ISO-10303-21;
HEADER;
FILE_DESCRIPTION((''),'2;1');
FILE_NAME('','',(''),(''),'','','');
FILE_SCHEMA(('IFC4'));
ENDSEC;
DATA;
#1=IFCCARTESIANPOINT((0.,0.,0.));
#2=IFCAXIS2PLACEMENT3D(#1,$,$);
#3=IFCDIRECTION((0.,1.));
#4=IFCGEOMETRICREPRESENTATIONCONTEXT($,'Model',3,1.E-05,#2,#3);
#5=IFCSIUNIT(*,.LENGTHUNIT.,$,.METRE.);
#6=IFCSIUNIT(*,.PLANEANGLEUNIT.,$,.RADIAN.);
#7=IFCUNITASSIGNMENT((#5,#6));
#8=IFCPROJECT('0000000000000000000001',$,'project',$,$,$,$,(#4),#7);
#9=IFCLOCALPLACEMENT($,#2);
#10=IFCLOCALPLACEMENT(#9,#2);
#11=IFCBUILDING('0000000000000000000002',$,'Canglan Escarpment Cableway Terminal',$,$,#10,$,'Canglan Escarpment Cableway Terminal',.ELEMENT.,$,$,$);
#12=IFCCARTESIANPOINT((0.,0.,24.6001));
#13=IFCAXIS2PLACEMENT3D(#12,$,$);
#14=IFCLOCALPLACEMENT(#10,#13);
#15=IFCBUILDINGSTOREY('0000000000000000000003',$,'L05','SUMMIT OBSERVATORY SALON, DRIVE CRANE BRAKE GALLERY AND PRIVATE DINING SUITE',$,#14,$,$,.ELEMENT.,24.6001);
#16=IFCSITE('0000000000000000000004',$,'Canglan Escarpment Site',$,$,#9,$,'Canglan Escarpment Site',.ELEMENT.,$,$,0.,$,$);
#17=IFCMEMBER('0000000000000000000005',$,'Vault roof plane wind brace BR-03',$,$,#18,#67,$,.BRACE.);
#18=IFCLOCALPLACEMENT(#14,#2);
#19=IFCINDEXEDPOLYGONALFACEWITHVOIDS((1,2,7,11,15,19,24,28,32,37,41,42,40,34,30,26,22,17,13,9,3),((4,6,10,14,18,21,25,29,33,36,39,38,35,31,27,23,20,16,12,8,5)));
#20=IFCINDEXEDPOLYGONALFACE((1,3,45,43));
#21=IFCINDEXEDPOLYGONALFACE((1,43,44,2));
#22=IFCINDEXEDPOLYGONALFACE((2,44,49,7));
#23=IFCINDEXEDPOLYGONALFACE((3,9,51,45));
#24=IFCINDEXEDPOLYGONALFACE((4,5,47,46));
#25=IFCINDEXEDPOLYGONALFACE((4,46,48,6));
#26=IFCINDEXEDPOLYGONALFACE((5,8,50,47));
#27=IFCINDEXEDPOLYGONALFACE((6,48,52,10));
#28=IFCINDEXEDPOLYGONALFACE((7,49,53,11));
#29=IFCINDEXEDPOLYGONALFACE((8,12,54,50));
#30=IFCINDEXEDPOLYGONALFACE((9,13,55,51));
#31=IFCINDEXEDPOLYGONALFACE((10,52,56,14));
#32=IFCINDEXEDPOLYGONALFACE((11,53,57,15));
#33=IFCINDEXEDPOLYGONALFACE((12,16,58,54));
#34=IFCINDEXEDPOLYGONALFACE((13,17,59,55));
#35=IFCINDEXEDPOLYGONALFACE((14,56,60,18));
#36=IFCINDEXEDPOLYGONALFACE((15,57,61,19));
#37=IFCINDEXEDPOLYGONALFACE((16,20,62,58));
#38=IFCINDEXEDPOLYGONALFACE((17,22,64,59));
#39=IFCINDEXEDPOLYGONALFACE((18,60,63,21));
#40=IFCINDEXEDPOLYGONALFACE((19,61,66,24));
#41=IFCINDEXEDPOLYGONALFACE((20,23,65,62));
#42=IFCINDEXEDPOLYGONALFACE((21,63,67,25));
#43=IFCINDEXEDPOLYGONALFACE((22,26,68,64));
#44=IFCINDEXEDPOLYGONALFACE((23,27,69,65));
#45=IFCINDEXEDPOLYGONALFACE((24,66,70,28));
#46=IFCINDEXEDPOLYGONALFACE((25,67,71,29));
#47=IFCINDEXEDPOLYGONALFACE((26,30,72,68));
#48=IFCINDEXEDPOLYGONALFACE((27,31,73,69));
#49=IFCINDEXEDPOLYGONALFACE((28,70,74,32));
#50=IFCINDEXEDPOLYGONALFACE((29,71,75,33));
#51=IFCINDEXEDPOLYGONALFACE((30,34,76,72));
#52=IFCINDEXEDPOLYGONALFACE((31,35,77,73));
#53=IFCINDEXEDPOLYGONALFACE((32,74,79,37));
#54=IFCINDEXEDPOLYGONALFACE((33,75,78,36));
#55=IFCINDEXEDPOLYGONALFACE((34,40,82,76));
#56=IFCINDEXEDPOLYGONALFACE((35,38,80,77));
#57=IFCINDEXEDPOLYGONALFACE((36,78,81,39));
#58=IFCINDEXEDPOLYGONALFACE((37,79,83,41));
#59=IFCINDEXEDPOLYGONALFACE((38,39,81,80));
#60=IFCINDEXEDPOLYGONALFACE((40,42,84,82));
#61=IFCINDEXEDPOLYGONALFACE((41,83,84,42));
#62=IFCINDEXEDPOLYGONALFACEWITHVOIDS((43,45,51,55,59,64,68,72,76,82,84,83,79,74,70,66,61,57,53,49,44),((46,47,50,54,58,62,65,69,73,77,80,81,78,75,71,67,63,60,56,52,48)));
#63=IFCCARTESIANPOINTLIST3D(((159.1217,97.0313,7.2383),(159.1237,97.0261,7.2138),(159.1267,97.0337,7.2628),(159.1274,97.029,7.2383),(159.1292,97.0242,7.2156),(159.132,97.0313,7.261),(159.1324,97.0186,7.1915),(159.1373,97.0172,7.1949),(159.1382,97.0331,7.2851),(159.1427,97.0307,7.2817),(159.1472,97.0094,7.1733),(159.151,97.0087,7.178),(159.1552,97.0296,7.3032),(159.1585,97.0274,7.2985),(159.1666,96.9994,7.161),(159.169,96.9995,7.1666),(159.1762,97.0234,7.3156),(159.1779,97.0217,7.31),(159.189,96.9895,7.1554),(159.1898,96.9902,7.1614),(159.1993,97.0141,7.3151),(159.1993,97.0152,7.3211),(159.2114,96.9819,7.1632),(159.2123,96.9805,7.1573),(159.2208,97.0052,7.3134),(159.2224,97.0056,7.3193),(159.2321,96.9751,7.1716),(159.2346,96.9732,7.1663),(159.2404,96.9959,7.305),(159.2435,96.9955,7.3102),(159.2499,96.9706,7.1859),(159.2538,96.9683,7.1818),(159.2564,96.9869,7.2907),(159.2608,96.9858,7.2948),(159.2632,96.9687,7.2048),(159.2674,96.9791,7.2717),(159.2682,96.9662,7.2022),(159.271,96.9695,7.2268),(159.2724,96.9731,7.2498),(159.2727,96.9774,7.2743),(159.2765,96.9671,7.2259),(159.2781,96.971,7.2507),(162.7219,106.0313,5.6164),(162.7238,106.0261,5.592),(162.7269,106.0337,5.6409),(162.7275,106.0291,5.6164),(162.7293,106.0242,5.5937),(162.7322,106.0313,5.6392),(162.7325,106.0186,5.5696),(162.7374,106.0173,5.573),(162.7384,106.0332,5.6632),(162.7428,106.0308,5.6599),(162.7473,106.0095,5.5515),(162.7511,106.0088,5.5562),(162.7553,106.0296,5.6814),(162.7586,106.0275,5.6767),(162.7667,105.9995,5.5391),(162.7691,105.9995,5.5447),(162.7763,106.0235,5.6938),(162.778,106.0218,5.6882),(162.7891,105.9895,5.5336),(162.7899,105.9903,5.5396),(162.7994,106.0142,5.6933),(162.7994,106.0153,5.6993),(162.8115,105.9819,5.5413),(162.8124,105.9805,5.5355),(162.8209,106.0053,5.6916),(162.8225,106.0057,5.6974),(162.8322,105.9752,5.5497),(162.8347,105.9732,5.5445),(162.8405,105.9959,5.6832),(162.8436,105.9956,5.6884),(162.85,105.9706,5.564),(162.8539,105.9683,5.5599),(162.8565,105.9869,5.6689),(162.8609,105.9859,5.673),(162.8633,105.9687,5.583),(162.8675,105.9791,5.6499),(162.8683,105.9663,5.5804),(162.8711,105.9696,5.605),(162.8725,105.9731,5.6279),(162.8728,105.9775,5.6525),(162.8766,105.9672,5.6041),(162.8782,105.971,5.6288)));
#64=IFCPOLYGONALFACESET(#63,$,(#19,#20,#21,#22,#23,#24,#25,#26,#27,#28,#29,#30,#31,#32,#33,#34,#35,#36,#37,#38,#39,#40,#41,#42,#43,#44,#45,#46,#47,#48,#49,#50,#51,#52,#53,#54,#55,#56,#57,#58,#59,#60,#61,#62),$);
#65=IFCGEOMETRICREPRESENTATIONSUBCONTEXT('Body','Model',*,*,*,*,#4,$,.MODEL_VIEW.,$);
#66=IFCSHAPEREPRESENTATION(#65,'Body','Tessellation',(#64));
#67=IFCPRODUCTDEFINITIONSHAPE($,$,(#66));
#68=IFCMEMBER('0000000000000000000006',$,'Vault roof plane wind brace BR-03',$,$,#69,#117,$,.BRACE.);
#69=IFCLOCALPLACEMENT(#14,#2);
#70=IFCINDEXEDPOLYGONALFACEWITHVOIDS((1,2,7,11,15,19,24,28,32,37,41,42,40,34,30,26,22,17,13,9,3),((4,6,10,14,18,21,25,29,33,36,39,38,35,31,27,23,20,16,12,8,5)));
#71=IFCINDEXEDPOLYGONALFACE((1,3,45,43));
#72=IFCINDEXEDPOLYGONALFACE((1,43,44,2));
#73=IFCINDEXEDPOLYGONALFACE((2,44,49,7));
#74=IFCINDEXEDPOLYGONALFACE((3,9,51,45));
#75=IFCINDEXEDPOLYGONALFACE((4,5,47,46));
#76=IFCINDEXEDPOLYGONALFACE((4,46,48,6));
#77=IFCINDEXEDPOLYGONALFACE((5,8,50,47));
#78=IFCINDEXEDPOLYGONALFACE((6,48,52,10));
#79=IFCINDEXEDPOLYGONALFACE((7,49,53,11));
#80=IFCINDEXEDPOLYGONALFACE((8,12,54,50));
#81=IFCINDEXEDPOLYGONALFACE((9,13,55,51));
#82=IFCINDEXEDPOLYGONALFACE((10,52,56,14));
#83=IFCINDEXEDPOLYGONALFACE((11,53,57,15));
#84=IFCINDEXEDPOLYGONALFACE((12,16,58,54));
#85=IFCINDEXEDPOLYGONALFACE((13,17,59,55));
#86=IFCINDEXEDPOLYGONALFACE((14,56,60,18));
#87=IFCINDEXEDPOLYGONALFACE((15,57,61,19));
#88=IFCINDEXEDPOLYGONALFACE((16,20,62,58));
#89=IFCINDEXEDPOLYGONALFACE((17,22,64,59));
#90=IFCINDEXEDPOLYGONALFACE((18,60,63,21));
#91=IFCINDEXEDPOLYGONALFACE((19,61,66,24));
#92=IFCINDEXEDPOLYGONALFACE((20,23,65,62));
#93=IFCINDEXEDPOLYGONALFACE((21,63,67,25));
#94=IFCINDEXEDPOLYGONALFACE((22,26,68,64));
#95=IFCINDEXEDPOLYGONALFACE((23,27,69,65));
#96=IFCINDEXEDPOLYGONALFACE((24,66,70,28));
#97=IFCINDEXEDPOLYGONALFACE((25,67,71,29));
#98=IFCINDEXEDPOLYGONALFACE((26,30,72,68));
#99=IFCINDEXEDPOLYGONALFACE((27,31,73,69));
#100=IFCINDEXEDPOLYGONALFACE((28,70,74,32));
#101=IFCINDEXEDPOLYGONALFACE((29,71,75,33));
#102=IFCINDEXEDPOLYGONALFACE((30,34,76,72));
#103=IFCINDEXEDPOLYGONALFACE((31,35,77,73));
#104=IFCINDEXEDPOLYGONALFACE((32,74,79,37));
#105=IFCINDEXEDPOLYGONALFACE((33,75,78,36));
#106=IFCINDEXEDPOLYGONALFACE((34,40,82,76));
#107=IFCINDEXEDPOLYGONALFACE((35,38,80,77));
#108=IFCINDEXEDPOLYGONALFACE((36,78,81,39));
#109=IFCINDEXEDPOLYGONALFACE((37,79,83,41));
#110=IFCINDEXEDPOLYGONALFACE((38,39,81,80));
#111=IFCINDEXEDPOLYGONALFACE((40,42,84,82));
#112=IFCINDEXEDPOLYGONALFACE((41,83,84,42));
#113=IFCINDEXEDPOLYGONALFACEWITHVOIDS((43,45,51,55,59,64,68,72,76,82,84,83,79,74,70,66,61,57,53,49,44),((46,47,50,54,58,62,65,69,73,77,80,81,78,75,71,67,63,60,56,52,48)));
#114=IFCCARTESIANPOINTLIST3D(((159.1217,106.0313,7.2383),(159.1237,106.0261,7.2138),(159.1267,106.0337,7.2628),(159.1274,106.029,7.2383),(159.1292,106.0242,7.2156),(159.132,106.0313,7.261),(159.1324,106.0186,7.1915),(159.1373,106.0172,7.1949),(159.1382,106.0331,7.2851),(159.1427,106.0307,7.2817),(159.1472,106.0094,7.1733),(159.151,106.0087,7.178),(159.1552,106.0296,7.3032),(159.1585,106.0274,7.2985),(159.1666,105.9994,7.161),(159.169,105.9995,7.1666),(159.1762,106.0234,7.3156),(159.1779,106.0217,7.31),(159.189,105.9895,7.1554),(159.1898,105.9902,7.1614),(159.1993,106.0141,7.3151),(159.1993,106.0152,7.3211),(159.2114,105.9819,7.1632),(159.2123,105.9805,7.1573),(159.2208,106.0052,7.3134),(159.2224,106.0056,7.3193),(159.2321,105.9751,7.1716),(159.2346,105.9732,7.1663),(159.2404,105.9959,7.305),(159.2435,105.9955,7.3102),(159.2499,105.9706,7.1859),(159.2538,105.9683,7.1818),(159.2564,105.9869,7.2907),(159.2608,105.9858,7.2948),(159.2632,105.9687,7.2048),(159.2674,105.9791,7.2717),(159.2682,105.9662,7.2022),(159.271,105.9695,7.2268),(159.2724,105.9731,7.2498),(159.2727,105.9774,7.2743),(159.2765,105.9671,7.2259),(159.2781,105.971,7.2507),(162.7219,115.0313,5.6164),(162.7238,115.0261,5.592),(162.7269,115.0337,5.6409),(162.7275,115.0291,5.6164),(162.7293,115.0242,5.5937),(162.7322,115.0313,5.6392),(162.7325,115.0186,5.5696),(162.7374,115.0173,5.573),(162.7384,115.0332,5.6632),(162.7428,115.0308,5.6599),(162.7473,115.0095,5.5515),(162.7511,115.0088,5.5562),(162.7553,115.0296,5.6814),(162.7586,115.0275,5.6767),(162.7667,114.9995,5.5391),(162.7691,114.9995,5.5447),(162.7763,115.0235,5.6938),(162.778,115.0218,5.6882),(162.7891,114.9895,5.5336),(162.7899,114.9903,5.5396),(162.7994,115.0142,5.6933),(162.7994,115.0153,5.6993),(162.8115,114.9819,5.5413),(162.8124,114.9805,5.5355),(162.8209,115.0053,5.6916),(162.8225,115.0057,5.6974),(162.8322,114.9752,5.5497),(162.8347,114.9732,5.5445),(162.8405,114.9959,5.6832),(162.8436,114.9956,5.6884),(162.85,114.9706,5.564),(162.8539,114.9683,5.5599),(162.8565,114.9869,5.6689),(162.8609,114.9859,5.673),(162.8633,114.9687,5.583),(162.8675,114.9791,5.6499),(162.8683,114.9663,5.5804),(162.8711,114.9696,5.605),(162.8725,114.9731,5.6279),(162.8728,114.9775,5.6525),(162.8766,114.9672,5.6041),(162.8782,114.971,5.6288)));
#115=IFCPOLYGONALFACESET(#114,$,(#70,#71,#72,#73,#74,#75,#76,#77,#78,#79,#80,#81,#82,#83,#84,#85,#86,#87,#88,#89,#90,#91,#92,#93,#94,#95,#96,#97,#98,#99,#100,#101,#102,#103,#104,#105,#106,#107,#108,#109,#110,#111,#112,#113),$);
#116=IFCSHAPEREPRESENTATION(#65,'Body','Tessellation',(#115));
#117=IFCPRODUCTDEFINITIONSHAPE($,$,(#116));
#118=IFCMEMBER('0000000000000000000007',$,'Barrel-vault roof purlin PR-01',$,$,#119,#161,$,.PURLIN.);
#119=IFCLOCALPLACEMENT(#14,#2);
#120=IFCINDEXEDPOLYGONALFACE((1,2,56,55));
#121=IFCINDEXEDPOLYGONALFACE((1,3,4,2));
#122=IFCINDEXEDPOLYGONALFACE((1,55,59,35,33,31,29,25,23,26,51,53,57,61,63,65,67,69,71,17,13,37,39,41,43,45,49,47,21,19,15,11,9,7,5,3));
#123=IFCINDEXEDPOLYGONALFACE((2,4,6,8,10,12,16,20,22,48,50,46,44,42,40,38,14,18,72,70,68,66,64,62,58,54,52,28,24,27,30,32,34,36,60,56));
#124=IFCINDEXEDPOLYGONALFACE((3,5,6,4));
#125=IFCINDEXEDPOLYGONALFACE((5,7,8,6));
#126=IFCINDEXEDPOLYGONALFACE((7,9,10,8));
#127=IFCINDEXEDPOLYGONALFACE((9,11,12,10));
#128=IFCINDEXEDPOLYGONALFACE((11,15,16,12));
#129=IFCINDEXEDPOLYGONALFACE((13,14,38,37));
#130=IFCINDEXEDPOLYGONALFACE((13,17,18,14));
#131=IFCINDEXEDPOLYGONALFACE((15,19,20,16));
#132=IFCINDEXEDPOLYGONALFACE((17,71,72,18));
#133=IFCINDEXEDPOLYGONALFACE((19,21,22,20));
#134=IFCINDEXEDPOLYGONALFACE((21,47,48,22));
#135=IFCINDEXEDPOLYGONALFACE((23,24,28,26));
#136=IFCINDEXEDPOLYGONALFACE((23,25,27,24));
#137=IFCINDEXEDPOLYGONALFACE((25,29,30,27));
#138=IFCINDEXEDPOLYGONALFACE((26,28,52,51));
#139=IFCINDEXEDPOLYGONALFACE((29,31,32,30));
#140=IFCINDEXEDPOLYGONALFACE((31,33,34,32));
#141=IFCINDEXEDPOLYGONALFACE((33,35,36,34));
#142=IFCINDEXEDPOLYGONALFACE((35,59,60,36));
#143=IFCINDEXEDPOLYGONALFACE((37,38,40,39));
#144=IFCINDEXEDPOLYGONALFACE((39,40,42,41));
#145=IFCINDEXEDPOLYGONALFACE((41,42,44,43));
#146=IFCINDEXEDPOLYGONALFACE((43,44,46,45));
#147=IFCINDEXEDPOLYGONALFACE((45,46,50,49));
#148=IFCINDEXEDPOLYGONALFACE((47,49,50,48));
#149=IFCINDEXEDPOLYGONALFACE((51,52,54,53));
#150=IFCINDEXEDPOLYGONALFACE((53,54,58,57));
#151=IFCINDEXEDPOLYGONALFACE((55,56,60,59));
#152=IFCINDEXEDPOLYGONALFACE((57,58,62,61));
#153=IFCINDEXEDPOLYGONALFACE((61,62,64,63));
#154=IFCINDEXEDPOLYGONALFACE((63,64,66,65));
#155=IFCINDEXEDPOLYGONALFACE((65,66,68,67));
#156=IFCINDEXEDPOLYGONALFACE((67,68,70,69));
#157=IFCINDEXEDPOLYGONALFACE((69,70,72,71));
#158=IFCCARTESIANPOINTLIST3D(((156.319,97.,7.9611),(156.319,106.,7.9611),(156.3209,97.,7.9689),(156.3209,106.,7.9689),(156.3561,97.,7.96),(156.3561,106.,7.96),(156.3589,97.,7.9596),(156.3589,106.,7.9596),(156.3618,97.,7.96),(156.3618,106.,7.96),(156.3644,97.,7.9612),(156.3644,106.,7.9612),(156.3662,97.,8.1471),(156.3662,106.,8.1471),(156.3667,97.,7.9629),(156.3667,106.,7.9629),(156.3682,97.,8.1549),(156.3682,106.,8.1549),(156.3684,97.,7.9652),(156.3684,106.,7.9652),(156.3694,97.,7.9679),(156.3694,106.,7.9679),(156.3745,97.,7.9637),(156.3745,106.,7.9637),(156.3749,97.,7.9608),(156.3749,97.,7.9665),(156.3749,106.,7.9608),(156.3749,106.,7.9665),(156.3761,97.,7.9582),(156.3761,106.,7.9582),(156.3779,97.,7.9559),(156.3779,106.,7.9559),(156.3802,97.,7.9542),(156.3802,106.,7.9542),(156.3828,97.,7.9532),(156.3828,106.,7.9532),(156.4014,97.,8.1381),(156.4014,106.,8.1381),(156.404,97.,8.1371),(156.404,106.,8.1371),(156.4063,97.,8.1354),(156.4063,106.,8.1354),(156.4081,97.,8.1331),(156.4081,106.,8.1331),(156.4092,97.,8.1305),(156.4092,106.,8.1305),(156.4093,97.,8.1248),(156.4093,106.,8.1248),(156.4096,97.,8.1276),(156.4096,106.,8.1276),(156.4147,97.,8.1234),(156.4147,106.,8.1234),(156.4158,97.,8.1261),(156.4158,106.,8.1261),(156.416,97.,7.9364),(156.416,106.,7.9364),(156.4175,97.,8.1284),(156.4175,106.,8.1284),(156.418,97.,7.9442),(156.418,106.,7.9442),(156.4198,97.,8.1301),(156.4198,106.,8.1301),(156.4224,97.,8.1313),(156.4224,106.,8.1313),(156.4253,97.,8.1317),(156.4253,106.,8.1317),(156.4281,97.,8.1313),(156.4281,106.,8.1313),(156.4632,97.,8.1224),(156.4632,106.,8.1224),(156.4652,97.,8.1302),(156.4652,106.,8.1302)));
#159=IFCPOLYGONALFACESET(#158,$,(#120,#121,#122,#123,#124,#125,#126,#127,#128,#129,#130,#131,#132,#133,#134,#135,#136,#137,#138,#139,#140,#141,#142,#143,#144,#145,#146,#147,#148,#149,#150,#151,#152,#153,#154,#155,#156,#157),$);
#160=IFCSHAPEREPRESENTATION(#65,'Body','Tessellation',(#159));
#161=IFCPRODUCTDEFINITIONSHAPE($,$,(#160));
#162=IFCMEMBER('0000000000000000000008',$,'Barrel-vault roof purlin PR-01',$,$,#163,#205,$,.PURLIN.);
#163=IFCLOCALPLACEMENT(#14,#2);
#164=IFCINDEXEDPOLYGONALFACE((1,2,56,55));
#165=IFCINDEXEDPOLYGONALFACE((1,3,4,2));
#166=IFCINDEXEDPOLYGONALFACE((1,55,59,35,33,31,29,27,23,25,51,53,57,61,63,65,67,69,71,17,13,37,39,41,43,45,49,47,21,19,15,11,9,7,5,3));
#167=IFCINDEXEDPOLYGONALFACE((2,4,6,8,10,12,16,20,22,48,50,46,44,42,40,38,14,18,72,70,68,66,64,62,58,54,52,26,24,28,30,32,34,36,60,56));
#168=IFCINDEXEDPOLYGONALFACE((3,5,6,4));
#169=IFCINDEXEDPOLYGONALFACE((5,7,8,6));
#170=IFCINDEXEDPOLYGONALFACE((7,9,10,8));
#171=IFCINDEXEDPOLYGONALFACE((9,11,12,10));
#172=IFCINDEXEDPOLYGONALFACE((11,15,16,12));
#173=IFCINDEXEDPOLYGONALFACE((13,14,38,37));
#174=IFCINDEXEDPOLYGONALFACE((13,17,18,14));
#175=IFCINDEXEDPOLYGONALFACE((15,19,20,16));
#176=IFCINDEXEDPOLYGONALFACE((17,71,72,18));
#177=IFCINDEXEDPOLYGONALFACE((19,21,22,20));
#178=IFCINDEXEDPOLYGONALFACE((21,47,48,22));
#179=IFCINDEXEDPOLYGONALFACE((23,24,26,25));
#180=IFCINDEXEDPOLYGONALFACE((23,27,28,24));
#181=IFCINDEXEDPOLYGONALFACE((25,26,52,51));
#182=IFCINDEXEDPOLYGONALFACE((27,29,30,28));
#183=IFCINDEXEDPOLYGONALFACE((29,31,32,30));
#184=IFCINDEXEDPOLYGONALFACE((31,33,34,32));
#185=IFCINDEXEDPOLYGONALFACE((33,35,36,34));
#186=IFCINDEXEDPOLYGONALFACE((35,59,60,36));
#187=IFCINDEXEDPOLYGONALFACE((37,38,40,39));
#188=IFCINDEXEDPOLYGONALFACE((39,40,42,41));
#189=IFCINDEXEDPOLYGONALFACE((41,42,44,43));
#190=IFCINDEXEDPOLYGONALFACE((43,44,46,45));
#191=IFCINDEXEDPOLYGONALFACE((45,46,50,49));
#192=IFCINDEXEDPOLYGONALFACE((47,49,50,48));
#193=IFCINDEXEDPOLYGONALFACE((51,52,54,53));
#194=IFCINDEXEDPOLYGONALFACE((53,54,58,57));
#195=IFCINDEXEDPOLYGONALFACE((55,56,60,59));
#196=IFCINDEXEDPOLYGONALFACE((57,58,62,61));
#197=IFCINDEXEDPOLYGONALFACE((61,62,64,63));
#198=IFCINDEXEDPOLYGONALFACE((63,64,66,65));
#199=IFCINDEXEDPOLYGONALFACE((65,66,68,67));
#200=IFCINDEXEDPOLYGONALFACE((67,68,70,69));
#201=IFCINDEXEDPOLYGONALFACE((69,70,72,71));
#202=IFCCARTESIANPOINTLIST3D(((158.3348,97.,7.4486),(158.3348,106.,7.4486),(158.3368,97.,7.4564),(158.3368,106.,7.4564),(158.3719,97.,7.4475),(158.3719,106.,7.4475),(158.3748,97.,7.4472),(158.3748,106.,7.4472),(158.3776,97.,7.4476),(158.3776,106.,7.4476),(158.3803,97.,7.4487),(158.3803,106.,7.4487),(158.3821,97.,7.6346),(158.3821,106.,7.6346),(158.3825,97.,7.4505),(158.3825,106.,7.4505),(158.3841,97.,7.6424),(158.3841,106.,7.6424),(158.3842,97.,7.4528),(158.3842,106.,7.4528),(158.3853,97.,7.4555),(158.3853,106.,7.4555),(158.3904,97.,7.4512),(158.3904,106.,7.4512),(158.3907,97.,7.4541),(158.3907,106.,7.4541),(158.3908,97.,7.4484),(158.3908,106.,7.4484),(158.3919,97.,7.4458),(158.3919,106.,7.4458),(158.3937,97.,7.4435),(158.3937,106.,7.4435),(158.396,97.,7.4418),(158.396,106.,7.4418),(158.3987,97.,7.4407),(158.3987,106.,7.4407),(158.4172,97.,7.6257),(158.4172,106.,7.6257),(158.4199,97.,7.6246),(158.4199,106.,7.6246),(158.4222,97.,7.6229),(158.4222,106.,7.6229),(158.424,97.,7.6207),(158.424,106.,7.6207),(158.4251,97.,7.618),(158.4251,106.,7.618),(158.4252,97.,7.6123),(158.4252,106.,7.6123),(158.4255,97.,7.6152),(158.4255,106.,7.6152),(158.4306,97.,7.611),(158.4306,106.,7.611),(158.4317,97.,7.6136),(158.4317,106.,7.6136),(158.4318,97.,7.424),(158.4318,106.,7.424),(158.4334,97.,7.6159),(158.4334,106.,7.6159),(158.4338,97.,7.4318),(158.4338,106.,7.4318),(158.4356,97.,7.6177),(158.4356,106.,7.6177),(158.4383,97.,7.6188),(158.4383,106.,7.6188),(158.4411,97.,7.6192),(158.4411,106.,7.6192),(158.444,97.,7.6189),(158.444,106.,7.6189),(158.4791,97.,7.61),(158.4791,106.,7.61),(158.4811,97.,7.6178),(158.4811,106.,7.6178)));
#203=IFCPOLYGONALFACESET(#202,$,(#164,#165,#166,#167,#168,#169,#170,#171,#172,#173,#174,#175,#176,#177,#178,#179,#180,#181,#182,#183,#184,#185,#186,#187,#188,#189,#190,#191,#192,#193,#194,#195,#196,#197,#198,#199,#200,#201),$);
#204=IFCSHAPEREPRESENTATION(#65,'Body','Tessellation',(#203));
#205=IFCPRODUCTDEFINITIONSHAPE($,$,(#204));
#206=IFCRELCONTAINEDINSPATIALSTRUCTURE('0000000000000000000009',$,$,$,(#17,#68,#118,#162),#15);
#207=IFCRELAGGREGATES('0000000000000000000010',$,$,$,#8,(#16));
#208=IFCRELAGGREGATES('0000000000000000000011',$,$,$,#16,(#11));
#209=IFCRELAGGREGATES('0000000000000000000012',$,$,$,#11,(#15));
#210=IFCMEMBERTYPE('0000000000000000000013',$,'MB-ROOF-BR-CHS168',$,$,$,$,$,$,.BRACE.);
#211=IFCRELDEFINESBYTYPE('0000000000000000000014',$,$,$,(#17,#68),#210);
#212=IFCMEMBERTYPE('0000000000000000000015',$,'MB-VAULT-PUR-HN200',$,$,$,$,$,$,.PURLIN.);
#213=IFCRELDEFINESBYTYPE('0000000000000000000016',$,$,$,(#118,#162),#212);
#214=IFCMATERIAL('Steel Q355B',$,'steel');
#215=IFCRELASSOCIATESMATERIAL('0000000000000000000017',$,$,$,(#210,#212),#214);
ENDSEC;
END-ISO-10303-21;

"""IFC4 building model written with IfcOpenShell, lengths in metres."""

from ifc_helpers import new_model, si_unit, direction, frame, origin, origin_2d, place, context, subcontext, project, spatial, hollow_circle, i_section, extrude, material, material_profile, profile_set, type_object, element, save


model = new_model("IFC4")

# Units and contexts
model_context = context("Model", 3, precision=1e-05, world=origin(), true_north=direction((0.0, 1.0)))
body_context = subcontext(model_context, "Body", "Model", "MODEL_VIEW")
ifc_project = project(units=[si_unit("LENGTHUNIT", "METRE"), si_unit("PLANEANGLEUNIT", "RADIAN")], contexts=[model_context])

# Site, building, storey
site_placement = place(None, origin())
site = spatial("IfcSite", under=ifc_project, at=site_placement, Name="Canglan Escarpment Site", LongName="Canglan Escarpment Site", CompositionType="ELEMENT", RefElevation=0.0)
building_placement = place(site_placement, origin())
building = spatial("IfcBuilding", under=site, at=building_placement, Name="Canglan Escarpment Cableway Terminal", LongName="Canglan Escarpment Cableway Terminal", CompositionType="ELEMENT")
storey_placement = place(building_placement, frame((0.0, 0.0, 24.6001)))
storey = spatial("IfcBuildingStorey", under=building, at=storey_placement, Name="L05", Description="SUMMIT OBSERVATORY SALON, DRIVE CRANE BRAKE GALLERY AND PRIVATE DINING SUITE", CompositionType="ELEMENT", Elevation=24.6001)

# Shared definitions
ifc_material = material(Name="Steel Q355B", Category="steel")

# Members
ifc_material_profile_1 = material_profile(ifc_material, hollow_circle(Radius=0.0842, WallThickness=0.0061, at=origin_2d()), Name="CHS 168.3x6")
ifc_profile_set_1 = profile_set([ifc_material_profile_1], Name="Steel Q355B")
member_type_1 = type_object("IfcMemberType", Name="MB-ROOF-BR-CHS168", PredefinedType="BRACE", material=ifc_profile_set_1)
for number, where, z_axis, x_axis, name in (
    (1, (159.2, 97.0, 7.2383), (0.366308, 0.915744, -0.16502), (-0.928473, 0.371399, 0.0), "Vault roof plane wind brace BR-03"),
    (2, (159.2, 106.0, 7.2383), (0.366308, 0.915744, -0.16502), (-0.928473, 0.371399, 0.0), "Vault roof plane wind brace BR-03"),
):
    element("IfcMember", number, at=place(storey_placement, frame(where, z_axis=z_axis, x_axis=x_axis)), inside=storey, type_object=member_type_1, Name=name, PredefinedType="BRACE", context=body_context, shape_type="SweptSolid", body=[
        extrude(hollow_circle(Radius=0.0842, WallThickness=0.0061, at=origin_2d()), origin(), (0.0, 0.0, 1.0), 9.8281),
    ])
ifc_material_profile_2 = material_profile(ifc_material, i_section(OverallWidth=0.1001, OverallDepth=0.2, WebThickness=0.0056, FlangeThickness=0.0081, FilletRadius=0.011, at=origin_2d()), Name="HN 200x100x5.5x8")
ifc_profile_set_2 = profile_set([ifc_material_profile_2], Name="Steel Q355B")
member_type_2 = type_object("IfcMemberType", Name="MB-VAULT-PUR-HN200", PredefinedType="PURLIN", material=ifc_profile_set_2)
for number, where, z_axis, x_axis, name in (
    (3, (156.3921, 97.0, 8.0457), (0.0, 1.0, 0.0), (-0.969184, 0.0, 0.246339), "Barrel-vault roof purlin PR-01"),
    (4, (158.408, 97.0, 7.5332), (0.0, 1.0, 0.0), (-0.969184, 0.0, 0.246339), "Barrel-vault roof purlin PR-01"),
):
    element("IfcMember", number, at=place(storey_placement, frame(where, z_axis=z_axis, x_axis=x_axis)), inside=storey, type_object=member_type_2, Name=name, PredefinedType="PURLIN", context=body_context, shape_type="SweptSolid", body=[
        extrude(i_section(OverallWidth=0.1001, OverallDepth=0.2, WebThickness=0.0056, FlangeThickness=0.0081, FilletRadius=0.011, at=origin_2d()), origin(), (0.0, 0.0, 1.0), 9.0),
    ])

save(model, "model.ifc")
